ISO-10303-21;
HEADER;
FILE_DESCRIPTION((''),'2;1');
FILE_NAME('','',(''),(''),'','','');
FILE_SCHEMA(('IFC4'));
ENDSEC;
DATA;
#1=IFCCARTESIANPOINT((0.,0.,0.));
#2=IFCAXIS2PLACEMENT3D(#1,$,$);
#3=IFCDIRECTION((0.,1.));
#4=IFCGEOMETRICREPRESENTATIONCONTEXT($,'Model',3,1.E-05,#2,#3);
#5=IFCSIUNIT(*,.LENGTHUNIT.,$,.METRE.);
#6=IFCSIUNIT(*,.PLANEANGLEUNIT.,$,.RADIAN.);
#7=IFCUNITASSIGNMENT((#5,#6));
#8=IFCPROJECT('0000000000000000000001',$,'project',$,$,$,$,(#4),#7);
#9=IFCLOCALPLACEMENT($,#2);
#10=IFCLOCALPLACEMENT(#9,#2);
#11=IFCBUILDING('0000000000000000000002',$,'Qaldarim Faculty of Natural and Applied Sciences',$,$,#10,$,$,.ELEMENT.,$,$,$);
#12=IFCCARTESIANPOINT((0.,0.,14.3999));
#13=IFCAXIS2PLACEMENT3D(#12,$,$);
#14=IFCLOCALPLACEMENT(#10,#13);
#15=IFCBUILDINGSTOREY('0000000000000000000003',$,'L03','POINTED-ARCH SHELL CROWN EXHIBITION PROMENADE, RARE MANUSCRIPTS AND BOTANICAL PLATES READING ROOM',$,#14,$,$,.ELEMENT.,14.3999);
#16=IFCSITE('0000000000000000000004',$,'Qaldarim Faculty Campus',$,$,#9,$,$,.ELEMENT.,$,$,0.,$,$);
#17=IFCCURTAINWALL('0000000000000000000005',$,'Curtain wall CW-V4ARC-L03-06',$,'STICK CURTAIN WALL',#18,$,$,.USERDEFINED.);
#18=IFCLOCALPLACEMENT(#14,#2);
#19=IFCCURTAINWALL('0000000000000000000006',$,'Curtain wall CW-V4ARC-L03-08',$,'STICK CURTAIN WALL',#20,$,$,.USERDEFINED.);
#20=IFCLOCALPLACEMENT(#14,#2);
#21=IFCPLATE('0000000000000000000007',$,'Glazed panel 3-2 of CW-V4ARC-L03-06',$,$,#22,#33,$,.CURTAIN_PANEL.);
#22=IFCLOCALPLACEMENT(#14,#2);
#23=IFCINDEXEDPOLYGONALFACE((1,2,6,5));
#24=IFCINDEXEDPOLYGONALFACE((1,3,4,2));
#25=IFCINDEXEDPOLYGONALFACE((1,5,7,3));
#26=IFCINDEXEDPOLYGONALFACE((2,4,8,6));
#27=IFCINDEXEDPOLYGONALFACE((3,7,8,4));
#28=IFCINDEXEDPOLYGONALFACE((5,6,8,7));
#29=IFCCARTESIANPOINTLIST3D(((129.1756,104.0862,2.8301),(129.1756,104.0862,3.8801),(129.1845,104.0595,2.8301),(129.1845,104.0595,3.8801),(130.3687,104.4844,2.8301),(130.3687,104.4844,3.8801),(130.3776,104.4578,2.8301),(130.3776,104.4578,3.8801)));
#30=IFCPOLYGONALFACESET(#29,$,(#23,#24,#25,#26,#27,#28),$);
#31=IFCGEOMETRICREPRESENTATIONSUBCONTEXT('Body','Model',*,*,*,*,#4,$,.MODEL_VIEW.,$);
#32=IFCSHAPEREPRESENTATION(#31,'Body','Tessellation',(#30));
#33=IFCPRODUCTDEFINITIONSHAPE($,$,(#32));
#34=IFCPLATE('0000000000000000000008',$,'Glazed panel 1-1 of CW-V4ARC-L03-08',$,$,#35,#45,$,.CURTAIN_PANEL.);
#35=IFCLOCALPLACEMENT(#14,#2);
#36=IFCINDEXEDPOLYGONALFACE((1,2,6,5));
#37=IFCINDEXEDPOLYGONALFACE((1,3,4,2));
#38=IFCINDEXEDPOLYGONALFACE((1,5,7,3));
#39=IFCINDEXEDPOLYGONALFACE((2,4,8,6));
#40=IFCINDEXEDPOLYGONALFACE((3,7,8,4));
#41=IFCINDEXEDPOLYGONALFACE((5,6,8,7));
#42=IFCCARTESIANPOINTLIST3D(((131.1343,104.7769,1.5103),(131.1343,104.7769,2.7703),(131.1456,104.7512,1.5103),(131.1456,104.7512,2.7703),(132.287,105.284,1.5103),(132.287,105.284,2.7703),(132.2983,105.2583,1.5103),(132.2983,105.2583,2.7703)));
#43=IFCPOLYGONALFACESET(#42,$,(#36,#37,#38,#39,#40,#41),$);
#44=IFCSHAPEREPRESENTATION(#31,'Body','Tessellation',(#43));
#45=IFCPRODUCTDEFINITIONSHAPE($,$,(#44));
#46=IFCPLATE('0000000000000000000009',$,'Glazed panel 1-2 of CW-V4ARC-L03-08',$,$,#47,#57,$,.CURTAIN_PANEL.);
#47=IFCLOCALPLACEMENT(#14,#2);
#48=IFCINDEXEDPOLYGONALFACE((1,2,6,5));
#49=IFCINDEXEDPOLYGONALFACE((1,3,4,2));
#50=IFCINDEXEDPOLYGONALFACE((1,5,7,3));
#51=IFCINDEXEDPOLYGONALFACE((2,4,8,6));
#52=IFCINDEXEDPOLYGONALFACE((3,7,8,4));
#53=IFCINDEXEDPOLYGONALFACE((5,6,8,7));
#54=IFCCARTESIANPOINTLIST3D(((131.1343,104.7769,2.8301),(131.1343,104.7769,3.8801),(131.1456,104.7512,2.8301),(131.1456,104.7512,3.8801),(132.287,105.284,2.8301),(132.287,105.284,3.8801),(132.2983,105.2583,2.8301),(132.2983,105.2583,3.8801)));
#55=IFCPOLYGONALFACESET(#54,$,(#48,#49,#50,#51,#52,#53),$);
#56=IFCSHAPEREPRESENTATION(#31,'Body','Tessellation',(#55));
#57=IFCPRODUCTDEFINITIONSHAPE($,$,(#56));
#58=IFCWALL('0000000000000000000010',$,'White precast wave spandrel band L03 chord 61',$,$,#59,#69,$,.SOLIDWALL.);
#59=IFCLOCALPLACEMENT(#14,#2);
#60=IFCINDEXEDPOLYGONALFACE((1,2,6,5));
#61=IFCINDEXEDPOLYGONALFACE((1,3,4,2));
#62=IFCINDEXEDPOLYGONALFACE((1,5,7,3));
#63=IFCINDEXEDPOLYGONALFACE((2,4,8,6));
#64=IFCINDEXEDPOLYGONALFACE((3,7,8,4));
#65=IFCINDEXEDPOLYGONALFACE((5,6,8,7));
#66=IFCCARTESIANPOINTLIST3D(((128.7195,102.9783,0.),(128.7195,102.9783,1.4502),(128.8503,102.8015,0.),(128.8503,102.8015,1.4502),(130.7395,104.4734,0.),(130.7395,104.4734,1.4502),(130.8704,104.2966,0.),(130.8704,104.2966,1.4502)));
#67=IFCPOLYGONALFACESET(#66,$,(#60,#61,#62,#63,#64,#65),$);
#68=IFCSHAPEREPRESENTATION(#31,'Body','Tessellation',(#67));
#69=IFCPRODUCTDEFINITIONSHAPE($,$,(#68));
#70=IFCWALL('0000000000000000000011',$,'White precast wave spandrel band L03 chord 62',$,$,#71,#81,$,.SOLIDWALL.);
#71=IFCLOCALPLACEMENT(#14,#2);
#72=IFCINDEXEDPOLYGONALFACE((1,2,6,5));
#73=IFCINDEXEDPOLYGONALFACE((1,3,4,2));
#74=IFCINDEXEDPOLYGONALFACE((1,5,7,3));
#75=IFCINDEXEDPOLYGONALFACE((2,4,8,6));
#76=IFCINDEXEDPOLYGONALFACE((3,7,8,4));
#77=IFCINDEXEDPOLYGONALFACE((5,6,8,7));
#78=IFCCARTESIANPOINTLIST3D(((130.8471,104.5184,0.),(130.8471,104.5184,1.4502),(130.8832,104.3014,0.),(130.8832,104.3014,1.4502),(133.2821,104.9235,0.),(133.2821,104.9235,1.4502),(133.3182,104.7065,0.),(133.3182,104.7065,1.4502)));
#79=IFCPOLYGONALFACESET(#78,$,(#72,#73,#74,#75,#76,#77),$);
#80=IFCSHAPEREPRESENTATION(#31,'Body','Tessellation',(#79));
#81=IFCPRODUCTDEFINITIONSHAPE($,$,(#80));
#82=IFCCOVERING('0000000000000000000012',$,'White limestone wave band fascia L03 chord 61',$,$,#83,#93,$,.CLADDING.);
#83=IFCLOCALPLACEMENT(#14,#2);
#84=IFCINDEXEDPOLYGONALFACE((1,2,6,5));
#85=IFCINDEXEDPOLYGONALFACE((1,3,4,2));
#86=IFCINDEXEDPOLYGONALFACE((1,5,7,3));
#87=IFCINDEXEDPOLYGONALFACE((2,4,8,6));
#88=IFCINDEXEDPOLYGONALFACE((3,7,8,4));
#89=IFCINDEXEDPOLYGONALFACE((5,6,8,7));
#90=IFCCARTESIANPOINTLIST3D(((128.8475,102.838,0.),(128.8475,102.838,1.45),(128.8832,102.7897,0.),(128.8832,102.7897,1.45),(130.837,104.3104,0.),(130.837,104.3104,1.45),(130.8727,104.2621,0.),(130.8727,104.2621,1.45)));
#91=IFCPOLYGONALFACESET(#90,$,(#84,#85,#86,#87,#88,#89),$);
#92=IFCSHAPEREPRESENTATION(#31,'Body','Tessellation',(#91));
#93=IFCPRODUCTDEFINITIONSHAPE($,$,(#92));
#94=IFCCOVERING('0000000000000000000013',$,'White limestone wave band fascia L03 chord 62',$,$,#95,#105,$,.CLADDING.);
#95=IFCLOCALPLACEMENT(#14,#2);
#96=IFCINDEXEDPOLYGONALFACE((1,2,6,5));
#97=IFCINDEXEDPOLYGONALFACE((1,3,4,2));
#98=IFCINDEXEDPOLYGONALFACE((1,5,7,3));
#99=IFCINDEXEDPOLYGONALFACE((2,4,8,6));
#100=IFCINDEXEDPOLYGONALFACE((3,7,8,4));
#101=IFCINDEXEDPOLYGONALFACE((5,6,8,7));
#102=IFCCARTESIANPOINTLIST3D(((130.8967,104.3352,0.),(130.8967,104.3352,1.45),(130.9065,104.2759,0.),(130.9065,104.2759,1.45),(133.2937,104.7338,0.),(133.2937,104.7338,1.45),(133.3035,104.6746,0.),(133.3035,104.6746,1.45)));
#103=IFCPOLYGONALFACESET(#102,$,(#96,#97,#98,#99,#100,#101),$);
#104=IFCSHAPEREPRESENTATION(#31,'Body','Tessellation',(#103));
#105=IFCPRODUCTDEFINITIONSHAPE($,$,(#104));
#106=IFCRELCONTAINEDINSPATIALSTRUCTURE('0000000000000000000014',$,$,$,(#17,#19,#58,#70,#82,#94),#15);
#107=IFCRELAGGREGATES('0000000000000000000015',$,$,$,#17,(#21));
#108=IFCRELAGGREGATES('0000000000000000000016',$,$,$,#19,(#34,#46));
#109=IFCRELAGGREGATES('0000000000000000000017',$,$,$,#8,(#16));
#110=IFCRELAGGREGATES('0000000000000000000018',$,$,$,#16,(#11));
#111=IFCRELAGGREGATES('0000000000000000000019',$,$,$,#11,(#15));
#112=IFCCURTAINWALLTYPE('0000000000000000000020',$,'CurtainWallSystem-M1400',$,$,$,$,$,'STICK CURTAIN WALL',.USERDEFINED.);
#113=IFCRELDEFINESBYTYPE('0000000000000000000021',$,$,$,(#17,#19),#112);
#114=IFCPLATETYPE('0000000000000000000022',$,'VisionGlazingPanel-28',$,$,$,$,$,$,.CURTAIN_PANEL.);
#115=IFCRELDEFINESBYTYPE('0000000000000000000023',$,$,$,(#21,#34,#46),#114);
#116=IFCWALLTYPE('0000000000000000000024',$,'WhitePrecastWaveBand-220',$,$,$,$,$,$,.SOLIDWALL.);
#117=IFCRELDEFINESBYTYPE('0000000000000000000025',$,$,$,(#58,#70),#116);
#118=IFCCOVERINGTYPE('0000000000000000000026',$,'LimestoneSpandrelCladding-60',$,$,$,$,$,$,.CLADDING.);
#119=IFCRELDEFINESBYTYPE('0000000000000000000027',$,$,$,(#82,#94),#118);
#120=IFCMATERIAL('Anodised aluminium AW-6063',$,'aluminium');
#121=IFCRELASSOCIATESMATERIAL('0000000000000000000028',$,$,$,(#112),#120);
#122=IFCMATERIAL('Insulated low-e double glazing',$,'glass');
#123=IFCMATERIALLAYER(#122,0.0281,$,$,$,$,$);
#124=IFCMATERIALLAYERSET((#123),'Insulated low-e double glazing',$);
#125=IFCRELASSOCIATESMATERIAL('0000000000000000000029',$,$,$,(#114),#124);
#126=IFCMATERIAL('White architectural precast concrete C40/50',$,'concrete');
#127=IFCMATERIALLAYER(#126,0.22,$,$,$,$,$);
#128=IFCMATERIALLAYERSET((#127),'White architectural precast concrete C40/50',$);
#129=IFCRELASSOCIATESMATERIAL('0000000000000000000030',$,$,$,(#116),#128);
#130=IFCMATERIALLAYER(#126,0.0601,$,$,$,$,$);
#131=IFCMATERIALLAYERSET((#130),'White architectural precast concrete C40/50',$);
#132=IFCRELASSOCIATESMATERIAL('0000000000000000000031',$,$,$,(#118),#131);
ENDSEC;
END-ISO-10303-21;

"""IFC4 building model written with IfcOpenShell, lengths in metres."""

from ifc_helpers import new_model, si_unit, direction, frame, frame_2d, origin, origin_2d, place, context, subcontext, project, spatial, rectangle, extrude, material, layer, layer_set, type_object, element, aggregate, save


model = new_model("IFC4")

# Units and contexts
model_context = context("Model", 3, precision=1e-05, world=origin(), true_north=direction((0.0, 1.0)))
body_context = subcontext(model_context, "Body", "Model", "MODEL_VIEW")
ifc_project = project(units=[si_unit("LENGTHUNIT", "METRE"), si_unit("PLANEANGLEUNIT", "RADIAN")], contexts=[model_context])

# Site, building, storey
site_placement = place(None, origin())
site = spatial("IfcSite", under=ifc_project, at=site_placement, Name="Qaldarim Faculty Campus", CompositionType="ELEMENT", RefElevation=0.0)
building_placement = place(site_placement, origin())
building = spatial("IfcBuilding", under=site, at=building_placement, Name="Qaldarim Faculty of Natural and Applied Sciences", CompositionType="ELEMENT")
storey_placement = place(building_placement, frame((0.0, 0.0, 14.3999)))
storey = spatial("IfcBuildingStorey", under=building, at=storey_placement, Name="L03", Description="POINTED-ARCH SHELL CROWN EXHIBITION PROMENADE, RARE MANUSCRIPTS AND BOTANICAL PLATES READING ROOM", CompositionType="ELEMENT", Elevation=14.3999)

# Curtain walls
ifc_material_1 = material(Name="Anodised aluminium AW-6063", Category="aluminium")
curtain_wall_type = type_object("IfcCurtainWallType", Name="CurtainWallSystem-M1400", ElementType="STICK CURTAIN WALL", PredefinedType="USERDEFINED", material=ifc_material_1)
curtain_wall_1_placement = place(storey_placement, origin())
curtain_wall_1 = element("IfcCurtainWall", 1, at=curtain_wall_1_placement, inside=storey, type_object=curtain_wall_type, Name="Curtain wall CW-V4ARC-L03-06", ObjectType="STICK CURTAIN WALL", PredefinedType="USERDEFINED")
curtain_wall_2_placement = place(storey_placement, origin())
curtain_wall_2 = element("IfcCurtainWall", 2, at=curtain_wall_2_placement, inside=storey, type_object=curtain_wall_type, Name="Curtain wall CW-V4ARC-L03-08", ObjectType="STICK CURTAIN WALL", PredefinedType="USERDEFINED")

# Plates
ifc_material_2 = material(Name="Insulated low-e double glazing", Category="glass")
ifc_layer_1 = layer(ifc_material_2, 0.0281)
ifc_layer_set_1 = layer_set([ifc_layer_1], Name="Insulated low-e double glazing")
plate_type = type_object("IfcPlateType", Name="VisionGlazingPanel-28", PredefinedType="CURTAIN_PANEL", material=ifc_layer_set_1)
plate_1_placement = place(storey_placement, frame((129.7766, 104.272, 2.8301), z_axis=(0.0, 0.0, 1.0), x_axis=(0.948562, 0.316593, 0.0)))
plate_1 = element("IfcPlate", 3, at=plate_1_placement, type_object=plate_type, Name="Glazed panel 3-2 of CW-V4ARC-L03-06", PredefinedType="CURTAIN_PANEL", context=body_context, shape_type="SweptSolid", body=[
    extrude(rectangle(XDim=1.2578, YDim=0.0281, at=origin_2d()), origin(), (0.0, 0.0, 1.0), 1.05),
])
aggregate(curtain_wall_1, [plate_1])
plate_2_placement = place(storey_placement, frame((131.7163, 105.0176, 1.5103), z_axis=(0.0, 0.0, 1.0), x_axis=(0.915333, 0.402699, 0.0)))
plate_2 = element("IfcPlate", 4, at=plate_2_placement, type_object=plate_type, Name="Glazed panel 1-1 of CW-V4ARC-L03-08", PredefinedType="CURTAIN_PANEL", context=body_context, shape_type="SweptSolid", body=[
    extrude(rectangle(XDim=1.2593, YDim=0.0281, at=origin_2d()), origin(), (0.0, 0.0, 1.0), 1.26),
])
plate_3_placement = place(storey_placement, frame((131.7163, 105.0176, 2.8301), z_axis=(0.0, 0.0, 1.0), x_axis=(0.915333, 0.402699, 0.0)))
plate_3 = element("IfcPlate", 5, at=plate_3_placement, type_object=plate_type, Name="Glazed panel 1-2 of CW-V4ARC-L03-08", PredefinedType="CURTAIN_PANEL", context=body_context, shape_type="SweptSolid", body=[
    extrude(rectangle(XDim=1.2593, YDim=0.0281, at=origin_2d()), origin(), (0.0, 0.0, 1.0), 1.05),
])
aggregate(curtain_wall_2, [plate_2, plate_3])

# Walls
ifc_material_3 = material(Name="White architectural precast concrete C40/50", Category="concrete")
ifc_layer_2 = layer(ifc_material_3, 0.22)
ifc_layer_set_2 = layer_set([ifc_layer_2], Name="White architectural precast concrete C40/50")
wall_type = type_object("IfcWallType", Name="WhitePrecastWaveBand-220", PredefinedType="SOLIDWALL", material=ifc_layer_set_2)
wall_1_placement = place(storey_placement, frame((128.7849, 102.8899, 0.0), z_axis=(0.0, 0.0, 1.0), x_axis=(0.803784, 0.594921, 0.0)))
element("IfcWall", 6, at=wall_1_placement, inside=storey, type_object=wall_type, Name="White precast wave spandrel band L03 chord 61", PredefinedType="SOLIDWALL", context=body_context, shape_type="SweptSolid", body=[
    extrude(rectangle(XDim=2.5132, YDim=0.22, at=frame_2d((1.2566, 0.0))), origin(), (0.0, 0.0, 1.0), 1.4502),
])
wall_2_placement = place(storey_placement, frame((130.865, 104.4099, 0.0), z_axis=(0.0, 0.0, 1.0), x_axis=(0.986447, 0.164078, 0.0)))
element("IfcWall", 7, at=wall_2_placement, inside=storey, type_object=wall_type, Name="White precast wave spandrel band L03 chord 62", PredefinedType="SOLIDWALL", context=body_context, shape_type="SweptSolid", body=[
    extrude(rectangle(XDim=2.4685, YDim=0.22, at=frame_2d((1.2344, 0.0))), origin(), (0.0, 0.0, 1.0), 1.4502),
])

# Coverings
ifc_layer_3 = layer(ifc_material_3, 0.0601)
ifc_layer_set_3 = layer_set([ifc_layer_3], Name="White architectural precast concrete C40/50")
covering_type = type_object("IfcCoveringType", Name="LimestoneSpandrelCladding-60", PredefinedType="CLADDING", material=ifc_layer_set_3)
covering_1_placement = place(storey_placement, frame((129.8601, 103.55, 0.0), z_axis=(0.0, 0.0, 1.0), x_axis=(0.803805, 0.594893, 0.0)))
element("IfcCovering", 8, at=covering_1_placement, inside=storey, type_object=covering_type, Name="White limestone wave band fascia L03 chord 61", PredefinedType="CLADDING", context=body_context, shape_type="SweptSolid", body=[
    extrude(rectangle(XDim=2.4751, YDim=0.0601, at=origin_2d()), origin(), (0.0, 0.0, 1.0), 1.45),
])
covering_2_placement = place(storey_placement, frame((132.1001, 104.5049, 0.0), z_axis=(0.0, 0.0, 1.0), x_axis=(0.986449, 0.164066, 0.0)))
element("IfcCovering", 9, at=covering_2_placement, inside=storey, type_object=covering_type, Name="White limestone wave band fascia L03 chord 62", PredefinedType="CLADDING", context=body_context, shape_type="SweptSolid", body=[
    extrude(rectangle(XDim=2.4299, YDim=0.0601, at=origin_2d()), origin(), (0.0, 0.0, 1.0), 1.45),
])

save(model, "model.ifc")
